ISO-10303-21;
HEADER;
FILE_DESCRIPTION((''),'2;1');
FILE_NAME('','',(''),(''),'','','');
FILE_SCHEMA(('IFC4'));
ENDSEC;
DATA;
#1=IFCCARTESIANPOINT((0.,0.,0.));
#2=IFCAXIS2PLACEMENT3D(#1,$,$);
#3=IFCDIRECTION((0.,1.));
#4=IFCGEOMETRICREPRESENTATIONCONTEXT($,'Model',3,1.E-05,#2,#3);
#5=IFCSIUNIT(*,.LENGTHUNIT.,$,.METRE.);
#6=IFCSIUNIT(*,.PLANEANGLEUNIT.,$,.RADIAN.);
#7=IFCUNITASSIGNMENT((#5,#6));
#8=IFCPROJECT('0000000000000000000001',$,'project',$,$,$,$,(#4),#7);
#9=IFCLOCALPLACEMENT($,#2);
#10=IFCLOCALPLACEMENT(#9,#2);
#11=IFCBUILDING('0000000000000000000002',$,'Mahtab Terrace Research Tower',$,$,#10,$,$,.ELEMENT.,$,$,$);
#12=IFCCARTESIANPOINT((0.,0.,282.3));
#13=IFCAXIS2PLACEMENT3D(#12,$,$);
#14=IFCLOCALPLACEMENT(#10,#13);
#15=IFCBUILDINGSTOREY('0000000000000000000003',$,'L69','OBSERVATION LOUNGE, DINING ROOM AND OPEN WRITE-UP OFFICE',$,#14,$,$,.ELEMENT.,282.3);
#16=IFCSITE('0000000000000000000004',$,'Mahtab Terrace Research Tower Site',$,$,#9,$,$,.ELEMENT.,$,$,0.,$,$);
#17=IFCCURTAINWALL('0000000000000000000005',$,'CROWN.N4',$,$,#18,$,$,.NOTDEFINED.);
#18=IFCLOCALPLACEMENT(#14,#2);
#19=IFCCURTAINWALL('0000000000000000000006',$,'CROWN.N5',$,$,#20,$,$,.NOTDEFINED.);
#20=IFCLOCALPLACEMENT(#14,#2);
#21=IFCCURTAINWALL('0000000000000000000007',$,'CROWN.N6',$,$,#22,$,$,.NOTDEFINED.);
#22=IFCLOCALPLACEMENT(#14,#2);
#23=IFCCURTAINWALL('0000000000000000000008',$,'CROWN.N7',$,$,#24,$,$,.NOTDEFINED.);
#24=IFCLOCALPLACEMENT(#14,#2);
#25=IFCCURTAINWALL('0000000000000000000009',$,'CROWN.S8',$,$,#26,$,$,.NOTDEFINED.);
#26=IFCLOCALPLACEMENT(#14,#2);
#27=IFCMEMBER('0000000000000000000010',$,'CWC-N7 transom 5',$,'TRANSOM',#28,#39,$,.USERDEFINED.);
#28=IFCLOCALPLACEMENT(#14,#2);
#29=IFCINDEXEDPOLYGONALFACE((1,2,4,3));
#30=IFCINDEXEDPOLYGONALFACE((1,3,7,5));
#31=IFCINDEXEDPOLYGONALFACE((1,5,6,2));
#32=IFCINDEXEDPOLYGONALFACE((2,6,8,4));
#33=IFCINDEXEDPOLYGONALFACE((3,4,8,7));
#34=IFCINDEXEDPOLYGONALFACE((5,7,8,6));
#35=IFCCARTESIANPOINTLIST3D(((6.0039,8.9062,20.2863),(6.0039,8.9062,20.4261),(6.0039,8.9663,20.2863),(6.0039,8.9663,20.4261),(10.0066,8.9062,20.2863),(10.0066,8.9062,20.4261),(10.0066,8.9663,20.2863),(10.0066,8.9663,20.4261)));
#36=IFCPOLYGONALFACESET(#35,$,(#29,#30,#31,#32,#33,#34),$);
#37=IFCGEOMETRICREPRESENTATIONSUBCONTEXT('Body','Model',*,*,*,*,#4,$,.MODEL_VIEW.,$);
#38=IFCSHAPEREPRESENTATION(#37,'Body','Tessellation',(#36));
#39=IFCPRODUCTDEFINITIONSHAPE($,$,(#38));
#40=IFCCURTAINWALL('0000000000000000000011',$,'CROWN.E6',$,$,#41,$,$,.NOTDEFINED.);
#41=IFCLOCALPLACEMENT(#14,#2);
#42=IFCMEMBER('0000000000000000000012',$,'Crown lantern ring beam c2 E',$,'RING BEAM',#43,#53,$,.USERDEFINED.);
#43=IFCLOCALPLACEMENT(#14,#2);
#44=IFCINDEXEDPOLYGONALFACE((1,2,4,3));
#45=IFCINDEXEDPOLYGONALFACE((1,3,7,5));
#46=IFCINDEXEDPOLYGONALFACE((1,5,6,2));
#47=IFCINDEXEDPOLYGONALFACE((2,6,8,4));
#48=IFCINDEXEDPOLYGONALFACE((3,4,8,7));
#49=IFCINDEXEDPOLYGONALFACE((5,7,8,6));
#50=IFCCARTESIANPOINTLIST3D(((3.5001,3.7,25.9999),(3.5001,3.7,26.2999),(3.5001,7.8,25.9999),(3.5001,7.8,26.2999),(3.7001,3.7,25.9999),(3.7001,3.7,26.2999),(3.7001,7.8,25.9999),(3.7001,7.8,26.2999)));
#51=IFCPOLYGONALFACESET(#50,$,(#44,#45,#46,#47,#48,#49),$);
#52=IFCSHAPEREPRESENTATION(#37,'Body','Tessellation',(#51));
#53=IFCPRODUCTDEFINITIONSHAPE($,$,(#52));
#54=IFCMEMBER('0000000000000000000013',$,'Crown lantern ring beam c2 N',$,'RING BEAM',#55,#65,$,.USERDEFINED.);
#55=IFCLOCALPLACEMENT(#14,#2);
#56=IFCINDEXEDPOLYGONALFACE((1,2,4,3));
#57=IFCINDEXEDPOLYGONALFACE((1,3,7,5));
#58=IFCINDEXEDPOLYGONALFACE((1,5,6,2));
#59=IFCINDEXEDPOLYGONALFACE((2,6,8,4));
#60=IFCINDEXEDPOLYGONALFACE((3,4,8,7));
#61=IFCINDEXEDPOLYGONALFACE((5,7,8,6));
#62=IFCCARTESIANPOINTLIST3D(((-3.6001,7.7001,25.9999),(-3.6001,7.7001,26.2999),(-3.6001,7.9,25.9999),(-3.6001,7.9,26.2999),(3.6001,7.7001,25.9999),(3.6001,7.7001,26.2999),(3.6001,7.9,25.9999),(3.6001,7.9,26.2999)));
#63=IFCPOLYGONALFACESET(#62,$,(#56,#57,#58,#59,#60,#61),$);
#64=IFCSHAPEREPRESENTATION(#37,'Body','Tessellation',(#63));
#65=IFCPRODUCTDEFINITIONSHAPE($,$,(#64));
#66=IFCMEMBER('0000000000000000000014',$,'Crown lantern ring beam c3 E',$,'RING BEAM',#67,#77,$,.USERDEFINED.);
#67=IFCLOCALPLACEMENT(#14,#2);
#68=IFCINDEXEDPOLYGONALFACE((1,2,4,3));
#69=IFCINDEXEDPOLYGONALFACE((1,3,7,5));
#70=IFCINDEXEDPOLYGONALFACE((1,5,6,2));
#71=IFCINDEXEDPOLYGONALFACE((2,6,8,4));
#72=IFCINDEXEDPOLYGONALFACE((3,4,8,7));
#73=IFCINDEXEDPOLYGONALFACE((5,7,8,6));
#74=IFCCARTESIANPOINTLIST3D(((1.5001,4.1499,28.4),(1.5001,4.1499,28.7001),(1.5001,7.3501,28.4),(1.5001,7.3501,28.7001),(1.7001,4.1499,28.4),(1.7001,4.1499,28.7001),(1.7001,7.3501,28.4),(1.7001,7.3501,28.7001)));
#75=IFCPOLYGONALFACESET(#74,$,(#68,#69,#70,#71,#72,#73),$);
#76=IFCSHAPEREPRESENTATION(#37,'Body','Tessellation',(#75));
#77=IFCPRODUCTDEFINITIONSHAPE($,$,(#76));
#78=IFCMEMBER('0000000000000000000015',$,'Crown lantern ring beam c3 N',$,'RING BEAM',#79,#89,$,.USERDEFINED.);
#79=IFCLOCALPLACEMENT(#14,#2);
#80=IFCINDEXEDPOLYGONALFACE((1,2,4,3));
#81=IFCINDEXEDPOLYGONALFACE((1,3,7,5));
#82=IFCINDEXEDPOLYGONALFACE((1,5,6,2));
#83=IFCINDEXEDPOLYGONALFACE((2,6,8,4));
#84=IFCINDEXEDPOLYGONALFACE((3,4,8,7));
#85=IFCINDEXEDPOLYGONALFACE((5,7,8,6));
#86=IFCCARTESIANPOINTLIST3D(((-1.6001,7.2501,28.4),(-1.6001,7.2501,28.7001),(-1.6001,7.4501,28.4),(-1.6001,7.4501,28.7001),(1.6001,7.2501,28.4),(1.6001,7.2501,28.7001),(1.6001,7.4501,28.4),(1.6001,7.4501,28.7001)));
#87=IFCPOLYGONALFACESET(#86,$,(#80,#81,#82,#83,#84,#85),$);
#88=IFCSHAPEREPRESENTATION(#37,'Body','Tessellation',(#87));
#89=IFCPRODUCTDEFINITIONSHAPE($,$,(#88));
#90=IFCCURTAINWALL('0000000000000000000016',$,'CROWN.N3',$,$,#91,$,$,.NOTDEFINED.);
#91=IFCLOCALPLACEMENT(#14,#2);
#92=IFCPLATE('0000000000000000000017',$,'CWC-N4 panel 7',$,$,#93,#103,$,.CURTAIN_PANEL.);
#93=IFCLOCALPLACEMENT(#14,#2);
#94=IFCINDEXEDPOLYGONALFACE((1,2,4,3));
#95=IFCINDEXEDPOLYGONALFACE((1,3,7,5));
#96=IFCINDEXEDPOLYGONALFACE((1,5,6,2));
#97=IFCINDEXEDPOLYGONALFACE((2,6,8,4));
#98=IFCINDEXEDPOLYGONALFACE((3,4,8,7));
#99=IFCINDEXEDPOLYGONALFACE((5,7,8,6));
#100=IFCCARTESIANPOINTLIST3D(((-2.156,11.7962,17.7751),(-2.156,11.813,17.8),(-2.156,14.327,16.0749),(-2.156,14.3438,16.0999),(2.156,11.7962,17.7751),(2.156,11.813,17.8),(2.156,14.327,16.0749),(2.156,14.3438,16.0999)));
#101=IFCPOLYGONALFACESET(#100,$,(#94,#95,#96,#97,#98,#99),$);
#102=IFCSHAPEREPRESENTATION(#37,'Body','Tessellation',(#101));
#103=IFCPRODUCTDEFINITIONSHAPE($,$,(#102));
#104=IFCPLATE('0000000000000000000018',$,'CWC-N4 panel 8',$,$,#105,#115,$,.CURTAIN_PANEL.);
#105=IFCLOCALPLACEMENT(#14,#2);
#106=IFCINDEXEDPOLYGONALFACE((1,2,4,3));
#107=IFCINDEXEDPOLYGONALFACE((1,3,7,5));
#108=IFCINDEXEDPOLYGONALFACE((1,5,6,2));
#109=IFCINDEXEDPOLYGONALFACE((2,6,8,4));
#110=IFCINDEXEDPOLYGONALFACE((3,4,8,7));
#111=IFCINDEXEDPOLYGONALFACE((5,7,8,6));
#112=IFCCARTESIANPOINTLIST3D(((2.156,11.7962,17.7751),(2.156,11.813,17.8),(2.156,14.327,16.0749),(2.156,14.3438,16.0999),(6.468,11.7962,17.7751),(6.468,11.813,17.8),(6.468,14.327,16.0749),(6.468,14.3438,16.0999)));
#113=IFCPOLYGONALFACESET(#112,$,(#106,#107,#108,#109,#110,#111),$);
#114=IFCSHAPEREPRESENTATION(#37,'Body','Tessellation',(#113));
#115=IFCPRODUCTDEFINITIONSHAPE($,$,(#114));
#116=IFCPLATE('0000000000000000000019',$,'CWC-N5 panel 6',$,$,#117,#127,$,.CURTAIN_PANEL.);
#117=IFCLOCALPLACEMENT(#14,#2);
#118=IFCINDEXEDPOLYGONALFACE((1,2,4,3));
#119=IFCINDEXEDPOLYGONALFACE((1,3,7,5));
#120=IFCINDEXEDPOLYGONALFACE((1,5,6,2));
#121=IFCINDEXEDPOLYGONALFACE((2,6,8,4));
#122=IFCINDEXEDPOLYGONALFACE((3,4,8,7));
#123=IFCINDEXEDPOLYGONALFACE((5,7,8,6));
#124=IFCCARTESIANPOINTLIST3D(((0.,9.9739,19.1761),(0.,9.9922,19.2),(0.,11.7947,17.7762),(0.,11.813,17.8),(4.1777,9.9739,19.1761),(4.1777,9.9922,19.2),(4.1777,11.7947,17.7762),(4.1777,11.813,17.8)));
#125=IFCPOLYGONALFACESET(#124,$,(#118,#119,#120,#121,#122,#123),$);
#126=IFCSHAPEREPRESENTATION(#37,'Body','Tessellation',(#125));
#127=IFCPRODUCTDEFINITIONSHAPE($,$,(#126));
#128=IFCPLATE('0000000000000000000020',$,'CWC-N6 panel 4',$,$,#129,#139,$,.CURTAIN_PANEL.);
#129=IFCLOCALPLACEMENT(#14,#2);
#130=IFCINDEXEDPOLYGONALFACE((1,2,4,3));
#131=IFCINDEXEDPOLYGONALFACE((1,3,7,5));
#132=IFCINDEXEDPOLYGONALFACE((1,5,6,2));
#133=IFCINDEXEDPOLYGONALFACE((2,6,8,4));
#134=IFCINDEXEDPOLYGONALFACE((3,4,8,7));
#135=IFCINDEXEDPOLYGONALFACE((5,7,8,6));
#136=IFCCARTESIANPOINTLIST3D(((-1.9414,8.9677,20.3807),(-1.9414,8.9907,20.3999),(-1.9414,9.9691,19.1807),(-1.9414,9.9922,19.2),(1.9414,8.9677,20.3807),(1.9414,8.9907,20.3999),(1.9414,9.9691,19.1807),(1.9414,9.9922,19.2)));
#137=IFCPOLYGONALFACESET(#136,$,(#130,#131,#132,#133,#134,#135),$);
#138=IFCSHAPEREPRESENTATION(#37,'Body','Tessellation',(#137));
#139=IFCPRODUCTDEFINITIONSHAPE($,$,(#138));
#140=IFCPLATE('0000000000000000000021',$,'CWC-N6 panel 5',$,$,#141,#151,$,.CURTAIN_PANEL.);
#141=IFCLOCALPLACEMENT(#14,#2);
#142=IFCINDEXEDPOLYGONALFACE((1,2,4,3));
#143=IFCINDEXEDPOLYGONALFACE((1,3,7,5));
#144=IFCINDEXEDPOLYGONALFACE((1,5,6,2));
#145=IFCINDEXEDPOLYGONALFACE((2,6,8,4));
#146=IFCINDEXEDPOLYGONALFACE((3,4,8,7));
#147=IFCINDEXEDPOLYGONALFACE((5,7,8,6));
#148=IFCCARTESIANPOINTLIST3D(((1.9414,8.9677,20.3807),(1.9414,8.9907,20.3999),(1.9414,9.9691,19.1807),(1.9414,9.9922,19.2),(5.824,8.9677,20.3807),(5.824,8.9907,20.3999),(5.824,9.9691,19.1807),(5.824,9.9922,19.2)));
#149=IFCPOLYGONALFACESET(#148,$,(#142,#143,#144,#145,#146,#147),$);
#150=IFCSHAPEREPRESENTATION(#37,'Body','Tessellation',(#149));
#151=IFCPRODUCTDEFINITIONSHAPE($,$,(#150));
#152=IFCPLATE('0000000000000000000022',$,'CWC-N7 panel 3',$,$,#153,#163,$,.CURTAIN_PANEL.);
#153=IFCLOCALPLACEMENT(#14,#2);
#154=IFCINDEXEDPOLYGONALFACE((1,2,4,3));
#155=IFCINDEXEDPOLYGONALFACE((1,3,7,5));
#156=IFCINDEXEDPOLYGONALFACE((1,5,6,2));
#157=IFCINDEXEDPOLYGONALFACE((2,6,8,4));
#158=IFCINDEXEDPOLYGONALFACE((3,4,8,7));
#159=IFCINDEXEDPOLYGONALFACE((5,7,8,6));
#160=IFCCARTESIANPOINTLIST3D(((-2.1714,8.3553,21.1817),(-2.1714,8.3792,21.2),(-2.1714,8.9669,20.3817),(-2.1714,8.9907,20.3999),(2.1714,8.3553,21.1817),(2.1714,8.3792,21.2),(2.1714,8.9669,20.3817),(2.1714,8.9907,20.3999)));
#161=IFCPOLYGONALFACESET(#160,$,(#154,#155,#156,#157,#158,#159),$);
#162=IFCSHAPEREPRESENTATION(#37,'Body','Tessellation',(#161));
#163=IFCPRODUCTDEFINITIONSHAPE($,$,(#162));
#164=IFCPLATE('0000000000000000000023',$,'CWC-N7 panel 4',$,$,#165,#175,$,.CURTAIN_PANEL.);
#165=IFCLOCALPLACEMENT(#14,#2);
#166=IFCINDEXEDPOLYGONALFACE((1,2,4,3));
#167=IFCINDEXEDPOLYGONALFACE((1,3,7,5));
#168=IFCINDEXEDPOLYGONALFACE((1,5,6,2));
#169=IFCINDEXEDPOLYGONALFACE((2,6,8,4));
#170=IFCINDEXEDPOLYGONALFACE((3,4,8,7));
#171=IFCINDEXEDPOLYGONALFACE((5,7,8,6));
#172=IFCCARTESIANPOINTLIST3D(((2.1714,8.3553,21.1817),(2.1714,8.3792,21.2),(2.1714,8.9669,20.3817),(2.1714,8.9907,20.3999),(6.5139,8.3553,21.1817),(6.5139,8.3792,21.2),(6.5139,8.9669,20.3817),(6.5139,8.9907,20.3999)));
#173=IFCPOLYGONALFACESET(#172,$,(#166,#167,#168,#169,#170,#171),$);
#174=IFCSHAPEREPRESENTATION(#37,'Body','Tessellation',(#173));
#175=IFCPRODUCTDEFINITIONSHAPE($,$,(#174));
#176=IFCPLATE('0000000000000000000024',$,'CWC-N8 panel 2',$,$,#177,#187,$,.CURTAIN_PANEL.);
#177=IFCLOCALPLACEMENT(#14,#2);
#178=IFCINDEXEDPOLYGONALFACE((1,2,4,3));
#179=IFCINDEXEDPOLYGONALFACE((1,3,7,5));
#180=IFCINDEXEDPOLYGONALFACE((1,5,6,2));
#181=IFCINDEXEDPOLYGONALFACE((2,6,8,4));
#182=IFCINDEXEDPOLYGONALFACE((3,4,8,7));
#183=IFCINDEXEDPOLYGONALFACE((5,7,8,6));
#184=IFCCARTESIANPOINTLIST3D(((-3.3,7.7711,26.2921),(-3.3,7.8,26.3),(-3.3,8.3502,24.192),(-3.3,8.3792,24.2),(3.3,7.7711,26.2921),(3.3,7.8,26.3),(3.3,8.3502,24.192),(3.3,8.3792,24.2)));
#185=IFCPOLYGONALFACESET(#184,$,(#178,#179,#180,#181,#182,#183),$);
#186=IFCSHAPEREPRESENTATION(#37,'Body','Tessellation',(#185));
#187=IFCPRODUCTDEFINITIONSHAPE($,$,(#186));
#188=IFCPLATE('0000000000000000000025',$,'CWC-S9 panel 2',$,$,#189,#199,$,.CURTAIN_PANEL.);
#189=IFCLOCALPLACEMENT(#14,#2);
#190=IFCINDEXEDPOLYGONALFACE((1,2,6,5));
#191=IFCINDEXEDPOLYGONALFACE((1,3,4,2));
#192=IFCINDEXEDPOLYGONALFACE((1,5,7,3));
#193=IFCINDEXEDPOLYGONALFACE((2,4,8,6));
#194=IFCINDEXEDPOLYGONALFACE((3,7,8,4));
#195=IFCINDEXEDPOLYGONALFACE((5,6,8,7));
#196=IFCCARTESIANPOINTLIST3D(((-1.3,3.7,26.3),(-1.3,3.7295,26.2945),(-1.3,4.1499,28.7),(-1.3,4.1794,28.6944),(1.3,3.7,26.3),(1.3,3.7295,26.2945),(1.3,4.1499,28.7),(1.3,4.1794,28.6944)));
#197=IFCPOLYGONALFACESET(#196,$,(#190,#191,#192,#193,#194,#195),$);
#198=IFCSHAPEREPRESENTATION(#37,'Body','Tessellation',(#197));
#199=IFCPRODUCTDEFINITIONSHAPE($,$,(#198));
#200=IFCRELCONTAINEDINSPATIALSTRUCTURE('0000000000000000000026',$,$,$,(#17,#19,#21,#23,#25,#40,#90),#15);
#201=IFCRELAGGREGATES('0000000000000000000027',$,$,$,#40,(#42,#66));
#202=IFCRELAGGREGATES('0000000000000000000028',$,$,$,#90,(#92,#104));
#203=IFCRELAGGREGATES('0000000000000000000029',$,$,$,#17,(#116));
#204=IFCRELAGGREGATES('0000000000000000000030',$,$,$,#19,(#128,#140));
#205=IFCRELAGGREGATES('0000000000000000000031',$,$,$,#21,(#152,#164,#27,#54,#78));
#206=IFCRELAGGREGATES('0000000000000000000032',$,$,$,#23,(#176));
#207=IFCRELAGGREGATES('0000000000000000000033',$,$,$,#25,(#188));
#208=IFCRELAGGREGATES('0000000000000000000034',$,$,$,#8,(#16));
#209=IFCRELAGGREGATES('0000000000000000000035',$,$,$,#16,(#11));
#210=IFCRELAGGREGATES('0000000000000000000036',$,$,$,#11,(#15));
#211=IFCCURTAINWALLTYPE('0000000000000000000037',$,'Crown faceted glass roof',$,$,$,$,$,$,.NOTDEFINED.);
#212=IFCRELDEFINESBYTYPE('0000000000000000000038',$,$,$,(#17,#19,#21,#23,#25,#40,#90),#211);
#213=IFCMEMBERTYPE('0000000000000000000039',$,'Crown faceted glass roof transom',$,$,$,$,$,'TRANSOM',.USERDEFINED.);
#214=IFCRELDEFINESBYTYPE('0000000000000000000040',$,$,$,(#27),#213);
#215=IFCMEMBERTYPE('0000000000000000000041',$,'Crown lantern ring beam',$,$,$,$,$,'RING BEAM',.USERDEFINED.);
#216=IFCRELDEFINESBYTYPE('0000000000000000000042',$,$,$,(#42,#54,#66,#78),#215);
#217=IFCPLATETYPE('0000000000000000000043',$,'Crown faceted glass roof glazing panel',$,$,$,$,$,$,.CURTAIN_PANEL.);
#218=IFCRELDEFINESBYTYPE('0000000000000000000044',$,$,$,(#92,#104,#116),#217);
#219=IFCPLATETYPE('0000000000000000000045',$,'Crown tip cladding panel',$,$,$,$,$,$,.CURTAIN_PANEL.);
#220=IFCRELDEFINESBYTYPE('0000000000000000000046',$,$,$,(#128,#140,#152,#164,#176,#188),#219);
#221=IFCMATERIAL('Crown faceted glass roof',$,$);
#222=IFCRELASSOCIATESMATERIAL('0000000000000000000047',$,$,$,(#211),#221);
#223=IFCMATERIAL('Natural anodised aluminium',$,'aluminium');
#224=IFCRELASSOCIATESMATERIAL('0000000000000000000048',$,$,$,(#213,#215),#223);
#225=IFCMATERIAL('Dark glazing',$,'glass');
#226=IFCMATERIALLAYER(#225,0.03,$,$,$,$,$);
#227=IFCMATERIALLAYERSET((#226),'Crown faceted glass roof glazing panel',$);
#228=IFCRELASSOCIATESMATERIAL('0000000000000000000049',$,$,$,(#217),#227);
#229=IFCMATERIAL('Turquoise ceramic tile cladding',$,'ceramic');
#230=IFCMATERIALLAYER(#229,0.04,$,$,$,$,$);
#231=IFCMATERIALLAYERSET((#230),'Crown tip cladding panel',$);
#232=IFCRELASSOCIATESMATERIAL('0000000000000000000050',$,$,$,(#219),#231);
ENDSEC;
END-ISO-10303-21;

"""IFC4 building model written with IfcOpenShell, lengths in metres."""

from ifc_helpers import new_model, si_unit, direction, frame, origin, origin_2d, place, context, subcontext, project, spatial, polyline, rectangle, outline, extrude, material, layer, layer_set, material_profile, profile_set, type_object, element, aggregate, save


model = new_model("IFC4")

# Units and contexts
model_context = context("Model", 3, precision=1e-05, world=origin(), true_north=direction((0.0, 1.0)))
body_context = subcontext(model_context, "Body", "Model", "MODEL_VIEW")
ifc_project = project(units=[si_unit("LENGTHUNIT", "METRE"), si_unit("PLANEANGLEUNIT", "RADIAN")], contexts=[model_context])

# Site, building, storey
site_placement = place(None, origin())
site = spatial("IfcSite", under=ifc_project, at=site_placement, Name="Mahtab Terrace Research Tower Site", CompositionType="ELEMENT", RefElevation=0.0)
building_placement = place(site_placement, origin())
building = spatial("IfcBuilding", under=site, at=building_placement, Name="Mahtab Terrace Research Tower", CompositionType="ELEMENT")
storey_placement = place(building_placement, frame((0.0, 0.0, 282.3)))
storey = spatial("IfcBuildingStorey", under=building, at=storey_placement, Name="L69", Description="OBSERVATION LOUNGE, DINING ROOM AND OPEN WRITE-UP OFFICE", CompositionType="ELEMENT", Elevation=282.3)

# Curtain wall
ifc_material_1 = material(Name="Crown faceted glass roof")
curtain_wall_type = type_object("IfcCurtainWallType", Name="Crown faceted glass roof", PredefinedType="NOTDEFINED", material=ifc_material_1)
curtain_wall_1_placement = place(storey_placement, origin())
curtain_wall_1 = element("IfcCurtainWall", 1, at=curtain_wall_1_placement, inside=storey, type_object=curtain_wall_type, Name="CROWN.N4", PredefinedType="NOTDEFINED")
ifc_material_2 = material(Name="Natural anodised aluminium", Category="aluminium")

# Curtain walls
curtain_wall_2_placement = place(storey_placement, origin())
curtain_wall_2 = element("IfcCurtainWall", 2, at=curtain_wall_2_placement, inside=storey, type_object=curtain_wall_type, Name="CROWN.N5", PredefinedType="NOTDEFINED")
curtain_wall_3_placement = place(storey_placement, origin())
curtain_wall_3 = element("IfcCurtainWall", 3, at=curtain_wall_3_placement, inside=storey, type_object=curtain_wall_type, Name="CROWN.N6", PredefinedType="NOTDEFINED")

# Curtain walls
curtain_wall_4_placement = place(storey_placement, origin())
curtain_wall_4 = element("IfcCurtainWall", 4, at=curtain_wall_4_placement, inside=storey, type_object=curtain_wall_type, Name="CROWN.N7", PredefinedType="NOTDEFINED")
curtain_wall_5_placement = place(storey_placement, origin())
curtain_wall_5 = element("IfcCurtainWall", 5, at=curtain_wall_5_placement, inside=storey, type_object=curtain_wall_type, Name="CROWN.S8", PredefinedType="NOTDEFINED")

# Member
ifc_material_profile_1 = material_profile(ifc_material_2, rectangle(XDim=0.0601, YDim=0.1399, at=origin_2d()), Name="TRANSOM 60x140")
ifc_profile_set_1 = profile_set([ifc_material_profile_1], Name="Natural anodised aluminium")
member_type_1 = type_object("IfcMemberType", Name="Crown faceted glass roof transom", ElementType="TRANSOM", PredefinedType="USERDEFINED", material=ifc_profile_set_1)
member_1_placement = place(storey_placement, frame((6.0039, 8.9363, 20.3562), z_axis=(1.0, 0.0, 0.0), x_axis=(0.0, 1.0, 0.0)))
member_1 = element("IfcMember", 6, at=member_1_placement, type_object=member_type_1, Name="CWC-N7 transom 5", ObjectType="TRANSOM", PredefinedType="USERDEFINED", context=body_context, shape_type="SweptSolid", body=[
    extrude(rectangle(XDim=0.0601, YDim=0.1399, at=origin_2d()), origin(), (0.0, 0.0, 1.0), 4.0027),
])

# Curtain wall, member
curtain_wall_6_placement = place(storey_placement, origin())
curtain_wall_6 = element("IfcCurtainWall", 7, at=curtain_wall_6_placement, inside=storey, type_object=curtain_wall_type, Name="CROWN.E6", PredefinedType="NOTDEFINED")
ifc_material_profile_2 = material_profile(ifc_material_2, rectangle(XDim=0.2, YDim=0.3, at=origin_2d()), Name="RING BEAM 200x300")
ifc_profile_set_2 = profile_set([ifc_material_profile_2], Name="Natural anodised aluminium")
member_type_2 = type_object("IfcMemberType", Name="Crown lantern ring beam", ElementType="RING BEAM", PredefinedType="USERDEFINED", material=ifc_profile_set_2)
member_2_placement = place(storey_placement, frame((3.6001, 3.7, 26.1499), z_axis=(0.0, 1.0, 0.0), x_axis=(-1.0, 0.0, 0.0)))
member_2 = element("IfcMember", 8, at=member_2_placement, type_object=member_type_2, Name="Crown lantern ring beam c2 E", ObjectType="RING BEAM", PredefinedType="USERDEFINED", context=body_context, shape_type="SweptSolid", body=[
    extrude(rectangle(XDim=0.2, YDim=0.3, at=origin_2d()), origin(), (0.0, 0.0, 1.0), 4.1001),
])

# Members
member_3_placement = place(storey_placement, frame((3.6001, 7.8, 26.1499), z_axis=(-1.0, 0.0, 0.0), x_axis=(0.0, -1.0, 0.0)))
member_3 = element("IfcMember", 9, at=member_3_placement, type_object=member_type_2, Name="Crown lantern ring beam c2 N", ObjectType="RING BEAM", PredefinedType="USERDEFINED", context=body_context, shape_type="SweptSolid", body=[
    extrude(rectangle(XDim=0.2, YDim=0.3, at=origin_2d()), origin(), (0.0, 0.0, 1.0), 7.2002),
])
member_4_placement = place(storey_placement, frame((1.6001, 4.1499, 28.55), z_axis=(0.0, 1.0, 0.0), x_axis=(-1.0, 0.0, 0.0)))
member_4 = element("IfcMember", 10, at=member_4_placement, type_object=member_type_2, Name="Crown lantern ring beam c3 E", ObjectType="RING BEAM", PredefinedType="USERDEFINED", context=body_context, shape_type="SweptSolid", body=[
    extrude(rectangle(XDim=0.2, YDim=0.3, at=origin_2d()), origin(), (0.0, 0.0, 1.0), 3.2002),
])
aggregate(curtain_wall_6, [member_2, member_4])
member_5_placement = place(storey_placement, frame((1.6001, 7.3501, 28.55), z_axis=(-1.0, 0.0, 0.0), x_axis=(0.0, -1.0, 0.0)))
member_5 = element("IfcMember", 11, at=member_5_placement, type_object=member_type_2, Name="Crown lantern ring beam c3 N", ObjectType="RING BEAM", PredefinedType="USERDEFINED", context=body_context, shape_type="SweptSolid", body=[
    extrude(rectangle(XDim=0.2, YDim=0.3, at=origin_2d()), origin(), (0.0, 0.0, 1.0), 3.2002),
])

# Curtain wall, plates
curtain_wall_7_placement = place(storey_placement, origin())
curtain_wall_7 = element("IfcCurtainWall", 12, at=curtain_wall_7_placement, inside=storey, type_object=curtain_wall_type, Name="CROWN.N3", PredefinedType="NOTDEFINED")
ifc_material_3 = material(Name="Dark glazing", Category="glass")
ifc_layer_1 = layer(ifc_material_3, 0.03)
ifc_layer_set_1 = layer_set([ifc_layer_1], Name="Crown faceted glass roof glazing panel")
plate_type_1 = type_object("IfcPlateType", Name="Crown faceted glass roof glazing panel", PredefinedType="CURTAIN_PANEL", material=ifc_layer_set_1)
plate_1_placement = place(storey_placement, frame((2.156, 11.813, 17.8), z_axis=(0.0, 0.557653, 0.830074), x_axis=(0.0, 0.830074, -0.557653)))
plate_1 = element("IfcPlate", 13, at=plate_1_placement, type_object=plate_type_1, Name="CWC-N4 panel 7", PredefinedType="CURTAIN_PANEL", context=body_context, shape_type="SweptSolid", body=[
    extrude(outline(polyline([(0.0, 0.0), (3.0488, 0.0), (3.0488, 4.312), (0.0, 4.312), (0.0, 0.0)])), origin(), (0.0, 0.0, -1.0), 0.03),
])
plate_2_placement = place(storey_placement, frame((6.468, 11.813, 17.8), z_axis=(0.0, 0.557653, 0.830074), x_axis=(0.0, 0.830074, -0.557653)))
plate_2 = element("IfcPlate", 14, at=plate_2_placement, type_object=plate_type_1, Name="CWC-N4 panel 8", PredefinedType="CURTAIN_PANEL", context=body_context, shape_type="SweptSolid", body=[
    extrude(outline(polyline([(0.0, 0.0), (3.0488, 0.0), (3.0488, 4.312), (0.0, 4.312), (0.0, 0.0)])), origin(), (0.0, 0.0, -1.0), 0.03),
])
aggregate(curtain_wall_7, [plate_1, plate_2])

# Plates
plate_3_placement = place(storey_placement, frame((4.1777, 9.9922, 19.2), z_axis=(0.0, 0.609516, 0.792774), x_axis=(0.0, 0.792774, -0.609516)))
plate_3 = element("IfcPlate", 15, at=plate_3_placement, type_object=plate_type_1, Name="CWC-N5 panel 6", PredefinedType="CURTAIN_PANEL", context=body_context, shape_type="SweptSolid", body=[
    extrude(outline(polyline([(0.0, 0.0), (2.2967, 0.0), (2.2967, 4.1777), (0.0, 4.1777), (0.0, 0.0)])), origin(), (0.0, 0.0, -1.0), 0.03),
])
aggregate(curtain_wall_1, [plate_3])
ifc_material_4 = material(Name="Turquoise ceramic tile cladding", Category="ceramic")
ifc_layer_2 = layer(ifc_material_4, 0.04)
ifc_layer_set_2 = layer_set([ifc_layer_2], Name="Crown tip cladding panel")
plate_type_2 = type_object("IfcPlateType", Name="Crown tip cladding panel", PredefinedType="CURTAIN_PANEL", material=ifc_layer_set_2)
plate_4_placement = place(storey_placement, frame((1.9414, 8.9907, 20.3999), z_axis=(0.0, 0.767747, 0.640753), x_axis=(0.0, 0.640753, -0.767747)))
plate_4 = element("IfcPlate", 16, at=plate_4_placement, type_object=plate_type_2, Name="CWC-N6 panel 4", PredefinedType="CURTAIN_PANEL", context=body_context, shape_type="SweptSolid", body=[
    extrude(outline(polyline([(0.0, 0.0), (1.563, 0.0), (1.563, 3.8828), (0.0, 3.8828), (0.0, 0.0)])), origin(), (0.0, 0.0, -1.0), 0.03),
])
plate_5_placement = place(storey_placement, frame((5.824, 8.9907, 20.3999), z_axis=(0.0, 0.767747, 0.640753), x_axis=(0.0, 0.640753, -0.767747)))
plate_5 = element("IfcPlate", 17, at=plate_5_placement, type_object=plate_type_2, Name="CWC-N6 panel 5", PredefinedType="CURTAIN_PANEL", context=body_context, shape_type="SweptSolid", body=[
    extrude(outline(polyline([(0.0, 0.0), (1.563, 0.0), (1.563, 3.8826), (0.0, 3.8826), (0.0, 0.0)])), origin(), (0.0, 0.0, -1.0), 0.03),
])
aggregate(curtain_wall_2, [plate_4, plate_5])
plate_6_placement = place(storey_placement, frame((2.1714, 8.3792, 21.2), z_axis=(0.0, 0.794468, 0.607306), x_axis=(0.0, 0.607306, -0.794468)))
plate_6 = element("IfcPlate", 18, at=plate_6_placement, type_object=plate_type_2, Name="CWC-N7 panel 3", PredefinedType="CURTAIN_PANEL", context=body_context, shape_type="SweptSolid", body=[
    extrude(outline(polyline([(0.0, 0.0), (1.007, 0.0), (1.007, 4.3428), (0.0, 4.3428), (0.0, 0.0)])), origin(), (0.0, 0.0, -1.0), 0.03),
])
plate_7_placement = place(storey_placement, frame((6.5139, 8.3792, 21.2), z_axis=(0.0, 0.794468, 0.607306), x_axis=(0.0, 0.607306, -0.794468)))
plate_7 = element("IfcPlate", 19, at=plate_7_placement, type_object=plate_type_2, Name="CWC-N7 panel 4", PredefinedType="CURTAIN_PANEL", context=body_context, shape_type="SweptSolid", body=[
    extrude(outline(polyline([(0.0, 0.0), (1.007, 0.0), (1.007, 4.3425), (0.0, 4.3425), (0.0, 0.0)])), origin(), (0.0, 0.0, -1.0), 0.03),
])
aggregate(curtain_wall_3, [plate_6, plate_7, member_1, member_3, member_5])
plate_8_placement = place(storey_placement, frame((3.3, 7.8, 26.3), z_axis=(0.0, 0.96402, 0.265828), x_axis=(0.0, 0.265828, -0.96402)))
plate_8 = element("IfcPlate", 20, at=plate_8_placement, type_object=plate_type_2, Name="CWC-N8 panel 2", PredefinedType="CURTAIN_PANEL", context=body_context, shape_type="SweptSolid", body=[
    extrude(outline(polyline([(0.0, 0.0), (2.1785, 0.0), (2.1785, 6.6001), (0.0, 6.6001), (0.0, 0.0)])), origin(), (0.0, 0.0, -1.0), 0.03),
])
aggregate(curtain_wall_4, [plate_8])
plate_9_placement = place(storey_placement, frame((1.3, 3.7, 26.3), z_axis=(0.0, -0.982874, 0.184276), x_axis=(0.0, 0.184276, 0.982874)))
plate_9 = element("IfcPlate", 21, at=plate_9_placement, type_object=plate_type_2, Name="CWC-S9 panel 2", PredefinedType="CURTAIN_PANEL", context=body_context, shape_type="SweptSolid", body=[
    extrude(outline(polyline([(0.0, 0.0), (2.4417, 0.0), (2.4417, 2.6001), (0.0, 2.6001), (0.0, 0.0)])), origin(), (0.0, 0.0, -1.0), 0.03),
])
aggregate(curtain_wall_5, [plate_9])

save(model, "model.ifc")
